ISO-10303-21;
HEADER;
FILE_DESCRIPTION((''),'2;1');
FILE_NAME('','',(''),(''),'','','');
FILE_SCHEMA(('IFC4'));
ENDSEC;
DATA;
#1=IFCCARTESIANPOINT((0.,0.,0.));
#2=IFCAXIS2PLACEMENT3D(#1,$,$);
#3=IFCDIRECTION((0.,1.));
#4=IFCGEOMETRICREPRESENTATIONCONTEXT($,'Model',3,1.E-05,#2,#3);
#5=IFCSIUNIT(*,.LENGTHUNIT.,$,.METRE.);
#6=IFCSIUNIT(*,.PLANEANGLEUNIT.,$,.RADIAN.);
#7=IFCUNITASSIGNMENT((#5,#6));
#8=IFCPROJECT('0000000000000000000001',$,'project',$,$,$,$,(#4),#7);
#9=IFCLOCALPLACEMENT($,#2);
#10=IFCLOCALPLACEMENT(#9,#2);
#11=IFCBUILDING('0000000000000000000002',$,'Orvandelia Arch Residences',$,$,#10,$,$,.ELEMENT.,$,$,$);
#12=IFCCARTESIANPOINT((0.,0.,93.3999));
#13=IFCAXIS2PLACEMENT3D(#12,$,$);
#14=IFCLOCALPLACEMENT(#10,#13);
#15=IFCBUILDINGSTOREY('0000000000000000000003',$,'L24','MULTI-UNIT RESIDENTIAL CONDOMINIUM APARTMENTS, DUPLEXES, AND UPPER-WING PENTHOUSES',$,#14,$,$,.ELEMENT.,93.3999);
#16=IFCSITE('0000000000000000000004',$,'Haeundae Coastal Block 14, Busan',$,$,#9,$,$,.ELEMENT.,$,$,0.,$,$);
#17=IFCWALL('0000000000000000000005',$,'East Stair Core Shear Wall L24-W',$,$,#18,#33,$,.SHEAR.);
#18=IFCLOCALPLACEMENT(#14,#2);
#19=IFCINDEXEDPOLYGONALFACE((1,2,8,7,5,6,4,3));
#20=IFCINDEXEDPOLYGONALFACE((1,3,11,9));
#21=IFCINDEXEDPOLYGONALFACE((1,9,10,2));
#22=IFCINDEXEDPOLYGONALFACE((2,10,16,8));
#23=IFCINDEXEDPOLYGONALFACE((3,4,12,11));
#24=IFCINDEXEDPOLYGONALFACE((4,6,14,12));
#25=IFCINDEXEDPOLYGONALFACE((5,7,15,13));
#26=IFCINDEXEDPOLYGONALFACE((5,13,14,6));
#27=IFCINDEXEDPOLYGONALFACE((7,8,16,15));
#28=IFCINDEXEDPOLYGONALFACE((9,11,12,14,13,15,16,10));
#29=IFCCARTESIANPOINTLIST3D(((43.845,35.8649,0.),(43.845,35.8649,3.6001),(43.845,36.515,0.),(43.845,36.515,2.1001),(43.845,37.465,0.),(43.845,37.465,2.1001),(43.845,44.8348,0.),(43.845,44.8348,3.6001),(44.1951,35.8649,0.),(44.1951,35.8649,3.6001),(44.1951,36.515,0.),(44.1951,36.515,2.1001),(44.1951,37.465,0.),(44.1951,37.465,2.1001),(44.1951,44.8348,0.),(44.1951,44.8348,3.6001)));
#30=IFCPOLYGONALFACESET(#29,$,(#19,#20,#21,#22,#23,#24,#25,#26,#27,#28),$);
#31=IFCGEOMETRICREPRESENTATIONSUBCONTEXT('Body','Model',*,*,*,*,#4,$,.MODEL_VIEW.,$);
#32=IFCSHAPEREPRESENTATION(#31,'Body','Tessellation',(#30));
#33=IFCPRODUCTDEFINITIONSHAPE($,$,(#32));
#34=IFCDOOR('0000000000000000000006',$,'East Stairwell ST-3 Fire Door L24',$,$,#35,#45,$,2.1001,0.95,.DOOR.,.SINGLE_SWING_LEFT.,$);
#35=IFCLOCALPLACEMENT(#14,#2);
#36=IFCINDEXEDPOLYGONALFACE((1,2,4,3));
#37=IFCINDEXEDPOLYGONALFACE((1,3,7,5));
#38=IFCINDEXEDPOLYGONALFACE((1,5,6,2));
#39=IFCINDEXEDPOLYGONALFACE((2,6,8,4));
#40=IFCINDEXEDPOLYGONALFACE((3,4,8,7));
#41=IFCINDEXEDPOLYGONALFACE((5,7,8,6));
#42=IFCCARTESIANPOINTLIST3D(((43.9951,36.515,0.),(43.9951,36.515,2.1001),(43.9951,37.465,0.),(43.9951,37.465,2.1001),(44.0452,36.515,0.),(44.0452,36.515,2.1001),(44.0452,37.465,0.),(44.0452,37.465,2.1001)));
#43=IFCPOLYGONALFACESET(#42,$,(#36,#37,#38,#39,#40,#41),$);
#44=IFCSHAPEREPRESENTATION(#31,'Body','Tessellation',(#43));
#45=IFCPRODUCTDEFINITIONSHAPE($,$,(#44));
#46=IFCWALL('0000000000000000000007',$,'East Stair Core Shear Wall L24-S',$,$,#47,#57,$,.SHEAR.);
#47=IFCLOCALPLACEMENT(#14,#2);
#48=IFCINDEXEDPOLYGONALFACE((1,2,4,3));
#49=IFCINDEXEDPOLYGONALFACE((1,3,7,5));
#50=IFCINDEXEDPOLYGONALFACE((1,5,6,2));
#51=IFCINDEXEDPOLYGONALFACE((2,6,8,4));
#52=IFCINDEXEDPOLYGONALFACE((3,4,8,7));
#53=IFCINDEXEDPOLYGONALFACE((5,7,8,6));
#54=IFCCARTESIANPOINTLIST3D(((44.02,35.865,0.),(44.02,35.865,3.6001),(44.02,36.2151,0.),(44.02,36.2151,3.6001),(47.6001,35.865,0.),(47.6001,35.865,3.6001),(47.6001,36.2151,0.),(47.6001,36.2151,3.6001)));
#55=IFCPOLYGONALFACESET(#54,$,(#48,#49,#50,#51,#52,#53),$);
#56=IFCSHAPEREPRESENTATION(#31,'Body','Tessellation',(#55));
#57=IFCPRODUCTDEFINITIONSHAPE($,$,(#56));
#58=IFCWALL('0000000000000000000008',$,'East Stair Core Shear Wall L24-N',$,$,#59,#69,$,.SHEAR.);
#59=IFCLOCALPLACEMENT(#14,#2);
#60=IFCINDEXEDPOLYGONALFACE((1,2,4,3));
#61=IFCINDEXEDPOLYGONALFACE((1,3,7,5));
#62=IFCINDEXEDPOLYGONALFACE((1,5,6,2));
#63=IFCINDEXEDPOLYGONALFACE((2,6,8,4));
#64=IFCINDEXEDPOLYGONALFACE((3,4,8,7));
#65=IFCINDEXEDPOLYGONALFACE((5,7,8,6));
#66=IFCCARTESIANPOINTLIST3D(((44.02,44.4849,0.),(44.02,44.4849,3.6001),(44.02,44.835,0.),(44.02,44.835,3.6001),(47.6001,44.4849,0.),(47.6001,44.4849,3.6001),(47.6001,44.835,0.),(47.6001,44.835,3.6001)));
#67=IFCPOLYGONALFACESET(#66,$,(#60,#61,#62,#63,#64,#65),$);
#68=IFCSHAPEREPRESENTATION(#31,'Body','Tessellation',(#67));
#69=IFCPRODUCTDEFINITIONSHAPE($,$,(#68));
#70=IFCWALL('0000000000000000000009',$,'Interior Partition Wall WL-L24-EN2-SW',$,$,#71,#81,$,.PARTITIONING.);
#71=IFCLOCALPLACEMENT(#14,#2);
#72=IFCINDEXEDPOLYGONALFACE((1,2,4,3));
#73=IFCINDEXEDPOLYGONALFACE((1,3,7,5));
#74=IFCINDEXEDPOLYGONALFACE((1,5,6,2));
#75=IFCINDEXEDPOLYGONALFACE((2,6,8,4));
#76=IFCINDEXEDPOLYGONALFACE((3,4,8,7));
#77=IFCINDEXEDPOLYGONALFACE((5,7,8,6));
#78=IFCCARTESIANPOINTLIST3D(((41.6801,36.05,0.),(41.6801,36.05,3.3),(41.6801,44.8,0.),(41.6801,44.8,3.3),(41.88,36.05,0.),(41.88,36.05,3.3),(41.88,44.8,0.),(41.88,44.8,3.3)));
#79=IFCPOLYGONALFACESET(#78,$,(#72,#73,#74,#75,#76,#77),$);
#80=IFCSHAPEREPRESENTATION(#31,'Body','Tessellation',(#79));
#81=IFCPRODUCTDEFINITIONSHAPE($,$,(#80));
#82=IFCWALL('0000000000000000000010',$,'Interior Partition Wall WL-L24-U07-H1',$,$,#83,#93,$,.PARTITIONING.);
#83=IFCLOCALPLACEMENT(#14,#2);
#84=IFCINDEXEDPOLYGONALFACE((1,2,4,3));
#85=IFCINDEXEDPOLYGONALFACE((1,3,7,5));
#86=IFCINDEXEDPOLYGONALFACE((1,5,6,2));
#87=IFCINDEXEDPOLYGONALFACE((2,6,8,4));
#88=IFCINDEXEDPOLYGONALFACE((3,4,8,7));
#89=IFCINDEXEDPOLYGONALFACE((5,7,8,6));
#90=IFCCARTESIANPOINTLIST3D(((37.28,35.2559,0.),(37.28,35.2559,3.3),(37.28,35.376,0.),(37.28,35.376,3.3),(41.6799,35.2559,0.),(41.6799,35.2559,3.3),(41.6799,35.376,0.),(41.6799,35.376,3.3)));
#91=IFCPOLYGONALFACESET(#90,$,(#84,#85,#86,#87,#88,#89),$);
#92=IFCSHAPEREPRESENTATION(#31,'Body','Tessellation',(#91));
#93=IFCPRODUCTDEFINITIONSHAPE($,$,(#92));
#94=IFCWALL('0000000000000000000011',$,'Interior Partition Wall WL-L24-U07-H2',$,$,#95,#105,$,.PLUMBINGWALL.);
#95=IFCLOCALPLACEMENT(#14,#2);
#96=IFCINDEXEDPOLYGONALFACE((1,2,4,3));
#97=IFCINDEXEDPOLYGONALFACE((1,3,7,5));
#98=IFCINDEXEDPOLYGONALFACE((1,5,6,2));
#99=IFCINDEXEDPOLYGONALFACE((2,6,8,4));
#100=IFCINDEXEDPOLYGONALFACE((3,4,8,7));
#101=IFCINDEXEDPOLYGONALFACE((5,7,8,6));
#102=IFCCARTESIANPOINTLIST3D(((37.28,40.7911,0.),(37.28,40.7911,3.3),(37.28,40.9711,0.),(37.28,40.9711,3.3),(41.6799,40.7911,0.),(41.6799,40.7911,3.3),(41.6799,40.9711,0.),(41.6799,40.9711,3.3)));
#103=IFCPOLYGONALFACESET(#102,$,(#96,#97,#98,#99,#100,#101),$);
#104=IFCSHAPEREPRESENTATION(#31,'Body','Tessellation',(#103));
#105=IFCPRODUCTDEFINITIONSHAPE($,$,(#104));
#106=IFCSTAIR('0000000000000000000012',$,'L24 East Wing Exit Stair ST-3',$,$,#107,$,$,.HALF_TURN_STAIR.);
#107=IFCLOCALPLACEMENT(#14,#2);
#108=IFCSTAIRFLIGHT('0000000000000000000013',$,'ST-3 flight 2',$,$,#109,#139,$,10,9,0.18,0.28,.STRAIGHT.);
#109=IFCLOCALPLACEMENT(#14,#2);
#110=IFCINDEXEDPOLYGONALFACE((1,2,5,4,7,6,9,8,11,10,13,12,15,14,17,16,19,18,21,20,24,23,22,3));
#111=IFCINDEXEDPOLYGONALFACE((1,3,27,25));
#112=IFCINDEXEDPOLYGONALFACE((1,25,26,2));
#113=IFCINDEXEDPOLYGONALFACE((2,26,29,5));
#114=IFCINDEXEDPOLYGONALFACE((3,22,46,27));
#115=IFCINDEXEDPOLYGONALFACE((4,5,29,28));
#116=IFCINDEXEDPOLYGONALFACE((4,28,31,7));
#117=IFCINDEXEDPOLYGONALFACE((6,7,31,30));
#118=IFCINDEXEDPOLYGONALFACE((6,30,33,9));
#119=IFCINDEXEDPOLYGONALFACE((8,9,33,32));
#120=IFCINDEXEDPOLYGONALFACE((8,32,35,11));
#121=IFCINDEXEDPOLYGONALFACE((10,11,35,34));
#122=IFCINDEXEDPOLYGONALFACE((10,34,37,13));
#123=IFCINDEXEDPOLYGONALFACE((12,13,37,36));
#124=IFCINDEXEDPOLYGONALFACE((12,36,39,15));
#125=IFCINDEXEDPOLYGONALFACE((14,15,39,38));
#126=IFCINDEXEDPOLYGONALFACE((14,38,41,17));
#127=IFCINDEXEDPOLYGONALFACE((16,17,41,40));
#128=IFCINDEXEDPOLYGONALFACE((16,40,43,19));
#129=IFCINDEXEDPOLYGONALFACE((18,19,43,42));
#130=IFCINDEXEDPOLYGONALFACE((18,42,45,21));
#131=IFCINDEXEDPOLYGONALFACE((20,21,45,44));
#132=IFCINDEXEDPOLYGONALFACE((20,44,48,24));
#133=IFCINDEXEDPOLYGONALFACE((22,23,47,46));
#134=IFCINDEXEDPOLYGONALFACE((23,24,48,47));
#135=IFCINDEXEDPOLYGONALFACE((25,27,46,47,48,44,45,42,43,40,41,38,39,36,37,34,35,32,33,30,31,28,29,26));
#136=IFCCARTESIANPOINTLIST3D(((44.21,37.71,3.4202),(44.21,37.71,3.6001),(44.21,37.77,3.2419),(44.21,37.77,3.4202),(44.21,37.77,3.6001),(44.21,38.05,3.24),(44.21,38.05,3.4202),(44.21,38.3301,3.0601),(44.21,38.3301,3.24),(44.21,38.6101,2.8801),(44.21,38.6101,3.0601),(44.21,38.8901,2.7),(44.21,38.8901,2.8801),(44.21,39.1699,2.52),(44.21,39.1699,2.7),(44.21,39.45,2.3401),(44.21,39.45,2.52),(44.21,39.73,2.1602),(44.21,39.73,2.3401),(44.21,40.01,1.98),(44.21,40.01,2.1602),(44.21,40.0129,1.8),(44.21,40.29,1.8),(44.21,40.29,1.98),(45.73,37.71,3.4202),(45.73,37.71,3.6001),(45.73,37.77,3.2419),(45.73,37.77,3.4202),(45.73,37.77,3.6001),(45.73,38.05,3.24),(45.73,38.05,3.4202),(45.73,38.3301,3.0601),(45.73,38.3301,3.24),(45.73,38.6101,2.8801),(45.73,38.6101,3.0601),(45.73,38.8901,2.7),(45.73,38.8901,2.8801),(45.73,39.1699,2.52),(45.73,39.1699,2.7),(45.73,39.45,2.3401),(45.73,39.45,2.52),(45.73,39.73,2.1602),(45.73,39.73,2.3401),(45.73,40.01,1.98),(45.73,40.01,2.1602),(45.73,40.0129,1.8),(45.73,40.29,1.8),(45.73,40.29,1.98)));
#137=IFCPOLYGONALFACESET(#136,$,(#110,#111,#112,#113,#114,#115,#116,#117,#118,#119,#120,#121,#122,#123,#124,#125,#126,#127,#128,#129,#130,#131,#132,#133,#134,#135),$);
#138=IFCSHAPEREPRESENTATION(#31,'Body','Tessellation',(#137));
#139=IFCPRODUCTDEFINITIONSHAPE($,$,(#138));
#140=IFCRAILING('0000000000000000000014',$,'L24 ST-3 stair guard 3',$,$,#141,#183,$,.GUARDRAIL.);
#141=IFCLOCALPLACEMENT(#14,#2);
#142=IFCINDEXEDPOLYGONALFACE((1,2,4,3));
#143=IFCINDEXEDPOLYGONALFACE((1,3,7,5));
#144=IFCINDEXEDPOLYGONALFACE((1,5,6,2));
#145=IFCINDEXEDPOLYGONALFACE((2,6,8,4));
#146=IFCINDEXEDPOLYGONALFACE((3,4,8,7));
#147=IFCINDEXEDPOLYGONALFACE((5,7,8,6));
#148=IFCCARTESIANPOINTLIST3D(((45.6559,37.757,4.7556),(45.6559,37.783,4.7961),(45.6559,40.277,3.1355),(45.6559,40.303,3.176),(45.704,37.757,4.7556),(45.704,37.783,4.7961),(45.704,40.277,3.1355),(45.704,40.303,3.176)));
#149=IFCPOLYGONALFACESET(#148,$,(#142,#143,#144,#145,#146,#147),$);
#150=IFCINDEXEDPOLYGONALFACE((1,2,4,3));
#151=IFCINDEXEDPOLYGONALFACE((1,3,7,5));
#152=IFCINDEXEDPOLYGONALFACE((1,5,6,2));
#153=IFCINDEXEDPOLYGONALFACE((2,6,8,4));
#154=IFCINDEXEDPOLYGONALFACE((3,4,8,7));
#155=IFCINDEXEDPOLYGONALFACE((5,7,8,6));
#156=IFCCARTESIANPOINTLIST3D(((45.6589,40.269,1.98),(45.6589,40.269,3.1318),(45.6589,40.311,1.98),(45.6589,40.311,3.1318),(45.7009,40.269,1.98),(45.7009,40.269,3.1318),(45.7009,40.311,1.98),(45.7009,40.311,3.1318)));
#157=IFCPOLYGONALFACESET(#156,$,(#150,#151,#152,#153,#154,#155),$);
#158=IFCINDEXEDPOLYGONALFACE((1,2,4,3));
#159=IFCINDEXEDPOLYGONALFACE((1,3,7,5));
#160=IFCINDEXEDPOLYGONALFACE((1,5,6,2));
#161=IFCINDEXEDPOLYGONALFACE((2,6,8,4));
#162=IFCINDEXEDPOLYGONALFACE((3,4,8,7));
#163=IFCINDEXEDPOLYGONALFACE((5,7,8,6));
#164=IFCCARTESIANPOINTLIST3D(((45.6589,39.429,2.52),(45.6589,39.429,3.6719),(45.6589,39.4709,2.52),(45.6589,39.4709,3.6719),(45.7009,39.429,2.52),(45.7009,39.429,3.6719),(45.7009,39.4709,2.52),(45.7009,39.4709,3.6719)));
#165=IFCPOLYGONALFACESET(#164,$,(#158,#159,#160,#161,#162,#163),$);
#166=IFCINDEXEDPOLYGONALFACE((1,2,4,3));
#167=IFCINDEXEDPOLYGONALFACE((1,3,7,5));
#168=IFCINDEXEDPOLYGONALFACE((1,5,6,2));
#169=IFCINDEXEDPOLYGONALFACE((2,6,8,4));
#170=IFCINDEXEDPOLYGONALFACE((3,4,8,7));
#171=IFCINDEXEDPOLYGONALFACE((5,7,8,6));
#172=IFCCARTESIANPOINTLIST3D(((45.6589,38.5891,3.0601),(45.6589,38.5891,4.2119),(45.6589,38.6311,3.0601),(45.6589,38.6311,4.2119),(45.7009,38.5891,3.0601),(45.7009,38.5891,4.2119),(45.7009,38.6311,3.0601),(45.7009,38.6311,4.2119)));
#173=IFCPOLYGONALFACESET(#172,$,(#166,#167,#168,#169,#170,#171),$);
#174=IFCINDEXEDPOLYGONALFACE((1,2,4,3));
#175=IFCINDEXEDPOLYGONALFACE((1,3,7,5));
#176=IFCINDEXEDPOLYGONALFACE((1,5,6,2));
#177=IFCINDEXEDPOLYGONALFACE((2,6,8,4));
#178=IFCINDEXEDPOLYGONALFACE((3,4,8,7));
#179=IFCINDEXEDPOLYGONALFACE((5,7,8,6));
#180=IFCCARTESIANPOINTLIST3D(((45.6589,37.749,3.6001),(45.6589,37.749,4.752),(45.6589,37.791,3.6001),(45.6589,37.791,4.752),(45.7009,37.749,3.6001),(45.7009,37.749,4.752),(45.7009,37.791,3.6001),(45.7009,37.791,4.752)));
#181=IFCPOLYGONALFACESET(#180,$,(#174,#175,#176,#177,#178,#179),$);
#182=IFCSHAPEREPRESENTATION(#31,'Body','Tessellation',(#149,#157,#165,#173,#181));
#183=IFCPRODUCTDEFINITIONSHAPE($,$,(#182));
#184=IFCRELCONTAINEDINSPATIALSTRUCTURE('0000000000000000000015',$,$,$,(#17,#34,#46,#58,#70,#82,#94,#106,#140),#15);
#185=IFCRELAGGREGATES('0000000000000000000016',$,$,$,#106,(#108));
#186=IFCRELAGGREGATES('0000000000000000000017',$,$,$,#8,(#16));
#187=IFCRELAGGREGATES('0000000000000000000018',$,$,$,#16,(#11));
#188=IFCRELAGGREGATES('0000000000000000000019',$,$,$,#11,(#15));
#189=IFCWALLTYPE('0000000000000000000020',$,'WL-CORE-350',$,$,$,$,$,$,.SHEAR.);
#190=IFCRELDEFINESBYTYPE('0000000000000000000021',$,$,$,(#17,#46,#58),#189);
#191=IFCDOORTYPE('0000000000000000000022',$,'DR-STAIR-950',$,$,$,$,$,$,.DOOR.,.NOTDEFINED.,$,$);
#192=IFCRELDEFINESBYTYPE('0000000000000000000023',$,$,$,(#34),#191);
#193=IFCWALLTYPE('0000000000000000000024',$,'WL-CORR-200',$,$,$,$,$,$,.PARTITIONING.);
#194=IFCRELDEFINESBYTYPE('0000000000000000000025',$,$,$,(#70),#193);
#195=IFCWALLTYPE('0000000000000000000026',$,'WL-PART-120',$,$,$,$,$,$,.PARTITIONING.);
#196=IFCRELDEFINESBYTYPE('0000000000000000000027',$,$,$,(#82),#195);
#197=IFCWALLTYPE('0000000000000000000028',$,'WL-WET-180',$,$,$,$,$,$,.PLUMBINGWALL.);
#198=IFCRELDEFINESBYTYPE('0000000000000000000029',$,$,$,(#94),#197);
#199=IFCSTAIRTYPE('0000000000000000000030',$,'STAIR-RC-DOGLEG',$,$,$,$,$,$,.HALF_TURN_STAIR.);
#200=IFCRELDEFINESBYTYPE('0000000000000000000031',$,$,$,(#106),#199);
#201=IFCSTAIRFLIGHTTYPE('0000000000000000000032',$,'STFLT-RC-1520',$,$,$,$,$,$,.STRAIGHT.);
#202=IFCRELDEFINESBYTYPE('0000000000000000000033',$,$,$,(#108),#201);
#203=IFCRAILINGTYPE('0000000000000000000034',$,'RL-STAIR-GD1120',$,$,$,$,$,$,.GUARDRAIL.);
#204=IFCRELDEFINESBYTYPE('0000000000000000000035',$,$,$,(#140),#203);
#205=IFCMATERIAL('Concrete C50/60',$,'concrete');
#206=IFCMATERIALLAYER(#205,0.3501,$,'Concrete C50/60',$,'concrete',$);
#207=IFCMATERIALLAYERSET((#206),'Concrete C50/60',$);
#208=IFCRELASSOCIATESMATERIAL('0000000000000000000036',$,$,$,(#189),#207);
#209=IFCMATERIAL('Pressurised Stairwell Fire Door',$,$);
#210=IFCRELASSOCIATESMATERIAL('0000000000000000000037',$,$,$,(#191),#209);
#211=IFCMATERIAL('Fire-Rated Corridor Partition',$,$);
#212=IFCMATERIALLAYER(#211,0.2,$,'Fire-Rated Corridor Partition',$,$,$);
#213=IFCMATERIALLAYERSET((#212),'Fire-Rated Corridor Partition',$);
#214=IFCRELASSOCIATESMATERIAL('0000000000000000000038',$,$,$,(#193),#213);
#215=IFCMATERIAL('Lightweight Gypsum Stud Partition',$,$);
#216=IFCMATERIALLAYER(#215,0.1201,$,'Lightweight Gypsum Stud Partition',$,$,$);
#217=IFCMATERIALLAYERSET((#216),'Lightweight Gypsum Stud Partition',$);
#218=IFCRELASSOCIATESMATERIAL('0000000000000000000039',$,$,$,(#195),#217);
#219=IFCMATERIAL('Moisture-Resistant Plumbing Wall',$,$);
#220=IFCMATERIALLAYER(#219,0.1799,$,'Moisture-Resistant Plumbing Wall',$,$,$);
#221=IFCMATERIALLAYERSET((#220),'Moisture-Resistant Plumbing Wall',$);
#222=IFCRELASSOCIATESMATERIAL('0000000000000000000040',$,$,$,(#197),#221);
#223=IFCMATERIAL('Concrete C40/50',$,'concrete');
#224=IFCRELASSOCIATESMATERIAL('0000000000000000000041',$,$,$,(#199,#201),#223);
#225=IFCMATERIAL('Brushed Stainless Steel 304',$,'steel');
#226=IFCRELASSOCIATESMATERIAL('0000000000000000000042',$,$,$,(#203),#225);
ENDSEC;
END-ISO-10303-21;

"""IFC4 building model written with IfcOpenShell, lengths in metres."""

from ifc_helpers import new_model, si_unit, direction, frame, frame_2d, origin, origin_2d, place, context, subcontext, project, spatial, polyline, rectangle, outline, extrude, material, layer, layer_set, type_object, element, fill, aggregate, save


model = new_model("IFC4")

# Units and contexts
model_context = context("Model", 3, precision=1e-05, world=origin(), true_north=direction((0.0, 1.0)))
body_context = subcontext(model_context, "Body", "Model", "MODEL_VIEW")
ifc_project = project(units=[si_unit("LENGTHUNIT", "METRE"), si_unit("PLANEANGLEUNIT", "RADIAN")], contexts=[model_context])

# Site, building, storey
site_placement = place(None, origin())
site = spatial("IfcSite", under=ifc_project, at=site_placement, Name="Haeundae Coastal Block 14, Busan", CompositionType="ELEMENT", RefElevation=0.0)
building_placement = place(site_placement, origin())
building = spatial("IfcBuilding", under=site, at=building_placement, Name="Orvandelia Arch Residences", CompositionType="ELEMENT")
storey_placement = place(building_placement, frame((0.0, 0.0, 93.3999)))
storey = spatial("IfcBuildingStorey", under=building, at=storey_placement, Name="L24", Description="MULTI-UNIT RESIDENTIAL CONDOMINIUM APARTMENTS, DUPLEXES, AND UPPER-WING PENTHOUSES", CompositionType="ELEMENT", Elevation=93.3999)

# Wall, opening, door
ifc_material_1 = material(Name="Concrete C50/60", Category="concrete")
ifc_layer_1 = layer(ifc_material_1, 0.3501, Name="Concrete C50/60", Category="concrete")
ifc_layer_set_1 = layer_set([ifc_layer_1], Name="Concrete C50/60")
wall_type_1 = type_object("IfcWallType", Name="WL-CORE-350", PredefinedType="SHEAR", material=ifc_layer_set_1)
wall_1_placement = place(storey_placement, frame((44.02, 35.865, 0.0), z_axis=(0.0, 0.0, 1.0), x_axis=(0.0, 1.0, 0.0)))
wall_1 = element("IfcWall", 1, at=wall_1_placement, inside=storey, type_object=wall_type_1, Name="East Stair Core Shear Wall L24-W", PredefinedType="SHEAR", context=body_context, shape_type="SweptSolid", body=[
    extrude(rectangle(XDim=8.97, YDim=0.3501, at=frame_2d((4.4849, 0.0))), origin(), (0.0, 0.0, 1.0), 3.6001),
])
opening_1_placement = place(wall_1_placement, frame((0.6499, 0.0, 0.0)))
opening_1 = element("IfcOpeningElement", 2, at=opening_1_placement, cuts=wall_1, PredefinedType="OPENING", context=body_context, shape_type="SweptSolid", body=[
    extrude(rectangle(XDim=0.95, YDim=2.1001, at=frame_2d((0.4751, 1.05))), frame((0.0, 0.1851, 0.0), z_axis=(0.0, -1.0, 0.0), x_axis=(1.0, 0.0, 0.0)), (0.0, 0.0, 1.0), 0.3701),
])
ifc_material_2 = material(Name="Pressurised Stairwell Fire Door")
door_type_1 = type_object("IfcDoorType", Name="DR-STAIR-950", OperationType="NOTDEFINED", PredefinedType="DOOR", material=ifc_material_2)
door_1_placement = place(opening_1_placement, origin())
door_1 = element("IfcDoor", 3, at=door_1_placement, inside=storey, type_object=door_type_1, Name="East Stairwell ST-3 Fire Door L24", OperationType="SINGLE_SWING_LEFT", OverallHeight=2.1001, OverallWidth=0.95, PredefinedType="DOOR", context=body_context, shape_type="SweptSolid", body=[
    extrude(rectangle(XDim=0.95, YDim=2.1001, at=frame_2d((0.4751, 1.05))), frame((0.0, 0.0249, 0.0), z_axis=(0.0, -1.0, 0.0), x_axis=(1.0, 0.0, 0.0)), (0.0, 0.0, 1.0), 0.05),
])
fill(opening_1, door_1)

# Walls
for number, where, z_axis, x_axis, name in (
    (4, (44.02, 36.04, 0.0), (0.0, 0.0, 1.0), (1.0, 0.0, 0.0), "East Stair Core Shear Wall L24-S"),
    (5, (44.02, 44.6599, 0.0), (0.0, 0.0, 1.0), (1.0, 0.0, 0.0), "East Stair Core Shear Wall L24-N"),
):
    element("IfcWall", number, at=place(storey_placement, frame(where, z_axis=z_axis, x_axis=x_axis)), inside=storey, type_object=wall_type_1, Name=name, PredefinedType="SHEAR", context=body_context, shape_type="SweptSolid", body=[
        extrude(rectangle(XDim=3.5801, YDim=0.3501, at=frame_2d((1.79, 0.0))), origin(), (0.0, 0.0, 1.0), 3.6001),
    ])
ifc_material_3 = material(Name="Fire-Rated Corridor Partition")
ifc_layer_2 = layer(ifc_material_3, 0.2, Name="Fire-Rated Corridor Partition")
ifc_layer_set_2 = layer_set([ifc_layer_2], Name="Fire-Rated Corridor Partition")
wall_type_2 = type_object("IfcWallType", Name="WL-CORR-200", PredefinedType="PARTITIONING", material=ifc_layer_set_2)
wall_2_placement = place(storey_placement, frame((41.78, 36.05, 0.0), z_axis=(0.0, 0.0, 1.0), x_axis=(0.0, 1.0, 0.0)))
element("IfcWall", 6, at=wall_2_placement, inside=storey, type_object=wall_type_2, Name="Interior Partition Wall WL-L24-EN2-SW", PredefinedType="PARTITIONING", context=body_context, shape_type="SweptSolid", body=[
    extrude(rectangle(XDim=8.75, YDim=0.2, at=frame_2d((4.375, 0.0))), origin(), (0.0, 0.0, 1.0), 3.3),
])

# Walls
ifc_material_4 = material(Name="Lightweight Gypsum Stud Partition")
ifc_layer_3 = layer(ifc_material_4, 0.1201, Name="Lightweight Gypsum Stud Partition")
ifc_layer_set_3 = layer_set([ifc_layer_3], Name="Lightweight Gypsum Stud Partition")
wall_type_3 = type_object("IfcWallType", Name="WL-PART-120", PredefinedType="PARTITIONING", material=ifc_layer_set_3)
wall_3_placement = place(storey_placement, frame((37.28, 35.3159, 0.0), z_axis=(0.0, 0.0, 1.0), x_axis=(1.0, 0.0, 0.0)))
element("IfcWall", 7, at=wall_3_placement, inside=storey, type_object=wall_type_3, Name="Interior Partition Wall WL-L24-U07-H1", PredefinedType="PARTITIONING", context=body_context, shape_type="SweptSolid", body=[
    extrude(rectangle(XDim=4.3999, YDim=0.1201, at=frame_2d((2.2, 0.0))), origin(), (0.0, 0.0, 1.0), 3.3),
])
ifc_material_5 = material(Name="Moisture-Resistant Plumbing Wall")
ifc_layer_4 = layer(ifc_material_5, 0.1799, Name="Moisture-Resistant Plumbing Wall")
ifc_layer_set_4 = layer_set([ifc_layer_4], Name="Moisture-Resistant Plumbing Wall")
wall_type_4 = type_object("IfcWallType", Name="WL-WET-180", PredefinedType="PLUMBINGWALL", material=ifc_layer_set_4)
wall_4_placement = place(storey_placement, frame((37.28, 40.8811, 0.0), z_axis=(0.0, 0.0, 1.0), x_axis=(1.0, 0.0, 0.0)))
element("IfcWall", 8, at=wall_4_placement, inside=storey, type_object=wall_type_4, Name="Interior Partition Wall WL-L24-U07-H2", PredefinedType="PLUMBINGWALL", context=body_context, shape_type="SweptSolid", body=[
    extrude(rectangle(XDim=4.3999, YDim=0.1799, at=frame_2d((2.2, 0.0))), origin(), (0.0, 0.0, 1.0), 3.3),
])

# Stair, stair flight
ifc_material_6 = material(Name="Concrete C40/50", Category="concrete")
stair_type = type_object("IfcStairType", Name="STAIR-RC-DOGLEG", PredefinedType="HALF_TURN_STAIR", material=ifc_material_6)
stair_placement = place(storey_placement, origin())
stair = element("IfcStair", 9, at=stair_placement, inside=storey, type_object=stair_type, Name="L24 East Wing Exit Stair ST-3", PredefinedType="HALF_TURN_STAIR")
stair_flight_type = type_object("IfcStairFlightType", Name="STFLT-RC-1520", PredefinedType="STRAIGHT", material=ifc_material_6)
stair_flight_placement = place(storey_placement, frame((44.97, 40.29, 1.8), z_axis=(0.0, 0.0, 1.0), x_axis=(0.0, -1.0, 0.0)))
stair_flight = element("IfcStairFlight", 10, at=stair_flight_placement, type_object=stair_flight_type, Name="ST-3 flight 2", NumberOfRisers=10, NumberOfTreads=9, PredefinedType="STRAIGHT", RiserHeight=0.18, TreadLength=0.28, context=body_context, shape_type="SweptSolid", body=[
    extrude(outline(polyline([(0.0, 0.0), (0.0, 0.1799), (0.28, 0.1799), (0.28, 0.3601), (0.5601, 0.3601), (0.5601, 0.54), (0.8401, 0.54), (0.8401, 0.72), (1.1201, 0.72), (1.1201, 0.8999), (1.3999, 0.8999), (1.3999, 1.0801), (1.6799, 1.0801), (1.6799, 1.26), (1.96, 1.26), (1.96, 1.4399), (2.24, 1.4399), (2.24, 1.6201), (2.52, 1.6201), (2.52, 1.8), (2.5801, 1.8), (2.5801, 1.6201), (2.52, 1.4419), (0.2771, 0.0), (0.0, 0.0)])), frame((0.0, 0.76, 0.0), z_axis=(0.0, -1.0, 0.0), x_axis=(1.0, 0.0, 0.0)), (0.0, 0.0, 1.0), 1.52),
])
aggregate(stair, [stair_flight])

# Railing
ifc_material_7 = material(Name="Brushed Stainless Steel 304", Category="steel")
railing_type_1 = type_object("IfcRailingType", Name="RL-STAIR-GD1120", PredefinedType="GUARDRAIL", material=ifc_material_7)
railing_1_placement = place(storey_placement, frame((45.6799, 40.29, 1.98)))
element("IfcRailing", 11, at=railing_1_placement, inside=storey, type_object=railing_type_1, Name="L24 ST-3 stair guard 3", PredefinedType="GUARDRAIL", context=body_context, shape_type="SweptSolid", body=[
    extrude(rectangle(XDim=0.0481, YDim=0.0481, at=origin_2d()), frame((0.0, 0.0, 1.1758), z_axis=(0.0, -0.841163, 0.540782), x_axis=(1.0, 0.0, 0.0)), (0.0, 0.0, 1.0), 2.9958),
    extrude(rectangle(XDim=0.042, YDim=0.042, at=origin_2d()), origin(), (0.0, 0.0, 1.0), 1.1519),
    extrude(rectangle(XDim=0.042, YDim=0.042, at=origin_2d()), frame((0.0, -0.8401, 0.54)), (0.0, 0.0, 1.0), 1.1519),
    extrude(rectangle(XDim=0.042, YDim=0.042, at=origin_2d()), frame((0.0, -1.6799, 1.0801)), (0.0, 0.0, 1.0), 1.1519),
    extrude(rectangle(XDim=0.042, YDim=0.042, at=origin_2d()), frame((0.0, -2.52, 1.6201)), (0.0, 0.0, 1.0), 1.1519),
])

save(model, "model.ifc")
